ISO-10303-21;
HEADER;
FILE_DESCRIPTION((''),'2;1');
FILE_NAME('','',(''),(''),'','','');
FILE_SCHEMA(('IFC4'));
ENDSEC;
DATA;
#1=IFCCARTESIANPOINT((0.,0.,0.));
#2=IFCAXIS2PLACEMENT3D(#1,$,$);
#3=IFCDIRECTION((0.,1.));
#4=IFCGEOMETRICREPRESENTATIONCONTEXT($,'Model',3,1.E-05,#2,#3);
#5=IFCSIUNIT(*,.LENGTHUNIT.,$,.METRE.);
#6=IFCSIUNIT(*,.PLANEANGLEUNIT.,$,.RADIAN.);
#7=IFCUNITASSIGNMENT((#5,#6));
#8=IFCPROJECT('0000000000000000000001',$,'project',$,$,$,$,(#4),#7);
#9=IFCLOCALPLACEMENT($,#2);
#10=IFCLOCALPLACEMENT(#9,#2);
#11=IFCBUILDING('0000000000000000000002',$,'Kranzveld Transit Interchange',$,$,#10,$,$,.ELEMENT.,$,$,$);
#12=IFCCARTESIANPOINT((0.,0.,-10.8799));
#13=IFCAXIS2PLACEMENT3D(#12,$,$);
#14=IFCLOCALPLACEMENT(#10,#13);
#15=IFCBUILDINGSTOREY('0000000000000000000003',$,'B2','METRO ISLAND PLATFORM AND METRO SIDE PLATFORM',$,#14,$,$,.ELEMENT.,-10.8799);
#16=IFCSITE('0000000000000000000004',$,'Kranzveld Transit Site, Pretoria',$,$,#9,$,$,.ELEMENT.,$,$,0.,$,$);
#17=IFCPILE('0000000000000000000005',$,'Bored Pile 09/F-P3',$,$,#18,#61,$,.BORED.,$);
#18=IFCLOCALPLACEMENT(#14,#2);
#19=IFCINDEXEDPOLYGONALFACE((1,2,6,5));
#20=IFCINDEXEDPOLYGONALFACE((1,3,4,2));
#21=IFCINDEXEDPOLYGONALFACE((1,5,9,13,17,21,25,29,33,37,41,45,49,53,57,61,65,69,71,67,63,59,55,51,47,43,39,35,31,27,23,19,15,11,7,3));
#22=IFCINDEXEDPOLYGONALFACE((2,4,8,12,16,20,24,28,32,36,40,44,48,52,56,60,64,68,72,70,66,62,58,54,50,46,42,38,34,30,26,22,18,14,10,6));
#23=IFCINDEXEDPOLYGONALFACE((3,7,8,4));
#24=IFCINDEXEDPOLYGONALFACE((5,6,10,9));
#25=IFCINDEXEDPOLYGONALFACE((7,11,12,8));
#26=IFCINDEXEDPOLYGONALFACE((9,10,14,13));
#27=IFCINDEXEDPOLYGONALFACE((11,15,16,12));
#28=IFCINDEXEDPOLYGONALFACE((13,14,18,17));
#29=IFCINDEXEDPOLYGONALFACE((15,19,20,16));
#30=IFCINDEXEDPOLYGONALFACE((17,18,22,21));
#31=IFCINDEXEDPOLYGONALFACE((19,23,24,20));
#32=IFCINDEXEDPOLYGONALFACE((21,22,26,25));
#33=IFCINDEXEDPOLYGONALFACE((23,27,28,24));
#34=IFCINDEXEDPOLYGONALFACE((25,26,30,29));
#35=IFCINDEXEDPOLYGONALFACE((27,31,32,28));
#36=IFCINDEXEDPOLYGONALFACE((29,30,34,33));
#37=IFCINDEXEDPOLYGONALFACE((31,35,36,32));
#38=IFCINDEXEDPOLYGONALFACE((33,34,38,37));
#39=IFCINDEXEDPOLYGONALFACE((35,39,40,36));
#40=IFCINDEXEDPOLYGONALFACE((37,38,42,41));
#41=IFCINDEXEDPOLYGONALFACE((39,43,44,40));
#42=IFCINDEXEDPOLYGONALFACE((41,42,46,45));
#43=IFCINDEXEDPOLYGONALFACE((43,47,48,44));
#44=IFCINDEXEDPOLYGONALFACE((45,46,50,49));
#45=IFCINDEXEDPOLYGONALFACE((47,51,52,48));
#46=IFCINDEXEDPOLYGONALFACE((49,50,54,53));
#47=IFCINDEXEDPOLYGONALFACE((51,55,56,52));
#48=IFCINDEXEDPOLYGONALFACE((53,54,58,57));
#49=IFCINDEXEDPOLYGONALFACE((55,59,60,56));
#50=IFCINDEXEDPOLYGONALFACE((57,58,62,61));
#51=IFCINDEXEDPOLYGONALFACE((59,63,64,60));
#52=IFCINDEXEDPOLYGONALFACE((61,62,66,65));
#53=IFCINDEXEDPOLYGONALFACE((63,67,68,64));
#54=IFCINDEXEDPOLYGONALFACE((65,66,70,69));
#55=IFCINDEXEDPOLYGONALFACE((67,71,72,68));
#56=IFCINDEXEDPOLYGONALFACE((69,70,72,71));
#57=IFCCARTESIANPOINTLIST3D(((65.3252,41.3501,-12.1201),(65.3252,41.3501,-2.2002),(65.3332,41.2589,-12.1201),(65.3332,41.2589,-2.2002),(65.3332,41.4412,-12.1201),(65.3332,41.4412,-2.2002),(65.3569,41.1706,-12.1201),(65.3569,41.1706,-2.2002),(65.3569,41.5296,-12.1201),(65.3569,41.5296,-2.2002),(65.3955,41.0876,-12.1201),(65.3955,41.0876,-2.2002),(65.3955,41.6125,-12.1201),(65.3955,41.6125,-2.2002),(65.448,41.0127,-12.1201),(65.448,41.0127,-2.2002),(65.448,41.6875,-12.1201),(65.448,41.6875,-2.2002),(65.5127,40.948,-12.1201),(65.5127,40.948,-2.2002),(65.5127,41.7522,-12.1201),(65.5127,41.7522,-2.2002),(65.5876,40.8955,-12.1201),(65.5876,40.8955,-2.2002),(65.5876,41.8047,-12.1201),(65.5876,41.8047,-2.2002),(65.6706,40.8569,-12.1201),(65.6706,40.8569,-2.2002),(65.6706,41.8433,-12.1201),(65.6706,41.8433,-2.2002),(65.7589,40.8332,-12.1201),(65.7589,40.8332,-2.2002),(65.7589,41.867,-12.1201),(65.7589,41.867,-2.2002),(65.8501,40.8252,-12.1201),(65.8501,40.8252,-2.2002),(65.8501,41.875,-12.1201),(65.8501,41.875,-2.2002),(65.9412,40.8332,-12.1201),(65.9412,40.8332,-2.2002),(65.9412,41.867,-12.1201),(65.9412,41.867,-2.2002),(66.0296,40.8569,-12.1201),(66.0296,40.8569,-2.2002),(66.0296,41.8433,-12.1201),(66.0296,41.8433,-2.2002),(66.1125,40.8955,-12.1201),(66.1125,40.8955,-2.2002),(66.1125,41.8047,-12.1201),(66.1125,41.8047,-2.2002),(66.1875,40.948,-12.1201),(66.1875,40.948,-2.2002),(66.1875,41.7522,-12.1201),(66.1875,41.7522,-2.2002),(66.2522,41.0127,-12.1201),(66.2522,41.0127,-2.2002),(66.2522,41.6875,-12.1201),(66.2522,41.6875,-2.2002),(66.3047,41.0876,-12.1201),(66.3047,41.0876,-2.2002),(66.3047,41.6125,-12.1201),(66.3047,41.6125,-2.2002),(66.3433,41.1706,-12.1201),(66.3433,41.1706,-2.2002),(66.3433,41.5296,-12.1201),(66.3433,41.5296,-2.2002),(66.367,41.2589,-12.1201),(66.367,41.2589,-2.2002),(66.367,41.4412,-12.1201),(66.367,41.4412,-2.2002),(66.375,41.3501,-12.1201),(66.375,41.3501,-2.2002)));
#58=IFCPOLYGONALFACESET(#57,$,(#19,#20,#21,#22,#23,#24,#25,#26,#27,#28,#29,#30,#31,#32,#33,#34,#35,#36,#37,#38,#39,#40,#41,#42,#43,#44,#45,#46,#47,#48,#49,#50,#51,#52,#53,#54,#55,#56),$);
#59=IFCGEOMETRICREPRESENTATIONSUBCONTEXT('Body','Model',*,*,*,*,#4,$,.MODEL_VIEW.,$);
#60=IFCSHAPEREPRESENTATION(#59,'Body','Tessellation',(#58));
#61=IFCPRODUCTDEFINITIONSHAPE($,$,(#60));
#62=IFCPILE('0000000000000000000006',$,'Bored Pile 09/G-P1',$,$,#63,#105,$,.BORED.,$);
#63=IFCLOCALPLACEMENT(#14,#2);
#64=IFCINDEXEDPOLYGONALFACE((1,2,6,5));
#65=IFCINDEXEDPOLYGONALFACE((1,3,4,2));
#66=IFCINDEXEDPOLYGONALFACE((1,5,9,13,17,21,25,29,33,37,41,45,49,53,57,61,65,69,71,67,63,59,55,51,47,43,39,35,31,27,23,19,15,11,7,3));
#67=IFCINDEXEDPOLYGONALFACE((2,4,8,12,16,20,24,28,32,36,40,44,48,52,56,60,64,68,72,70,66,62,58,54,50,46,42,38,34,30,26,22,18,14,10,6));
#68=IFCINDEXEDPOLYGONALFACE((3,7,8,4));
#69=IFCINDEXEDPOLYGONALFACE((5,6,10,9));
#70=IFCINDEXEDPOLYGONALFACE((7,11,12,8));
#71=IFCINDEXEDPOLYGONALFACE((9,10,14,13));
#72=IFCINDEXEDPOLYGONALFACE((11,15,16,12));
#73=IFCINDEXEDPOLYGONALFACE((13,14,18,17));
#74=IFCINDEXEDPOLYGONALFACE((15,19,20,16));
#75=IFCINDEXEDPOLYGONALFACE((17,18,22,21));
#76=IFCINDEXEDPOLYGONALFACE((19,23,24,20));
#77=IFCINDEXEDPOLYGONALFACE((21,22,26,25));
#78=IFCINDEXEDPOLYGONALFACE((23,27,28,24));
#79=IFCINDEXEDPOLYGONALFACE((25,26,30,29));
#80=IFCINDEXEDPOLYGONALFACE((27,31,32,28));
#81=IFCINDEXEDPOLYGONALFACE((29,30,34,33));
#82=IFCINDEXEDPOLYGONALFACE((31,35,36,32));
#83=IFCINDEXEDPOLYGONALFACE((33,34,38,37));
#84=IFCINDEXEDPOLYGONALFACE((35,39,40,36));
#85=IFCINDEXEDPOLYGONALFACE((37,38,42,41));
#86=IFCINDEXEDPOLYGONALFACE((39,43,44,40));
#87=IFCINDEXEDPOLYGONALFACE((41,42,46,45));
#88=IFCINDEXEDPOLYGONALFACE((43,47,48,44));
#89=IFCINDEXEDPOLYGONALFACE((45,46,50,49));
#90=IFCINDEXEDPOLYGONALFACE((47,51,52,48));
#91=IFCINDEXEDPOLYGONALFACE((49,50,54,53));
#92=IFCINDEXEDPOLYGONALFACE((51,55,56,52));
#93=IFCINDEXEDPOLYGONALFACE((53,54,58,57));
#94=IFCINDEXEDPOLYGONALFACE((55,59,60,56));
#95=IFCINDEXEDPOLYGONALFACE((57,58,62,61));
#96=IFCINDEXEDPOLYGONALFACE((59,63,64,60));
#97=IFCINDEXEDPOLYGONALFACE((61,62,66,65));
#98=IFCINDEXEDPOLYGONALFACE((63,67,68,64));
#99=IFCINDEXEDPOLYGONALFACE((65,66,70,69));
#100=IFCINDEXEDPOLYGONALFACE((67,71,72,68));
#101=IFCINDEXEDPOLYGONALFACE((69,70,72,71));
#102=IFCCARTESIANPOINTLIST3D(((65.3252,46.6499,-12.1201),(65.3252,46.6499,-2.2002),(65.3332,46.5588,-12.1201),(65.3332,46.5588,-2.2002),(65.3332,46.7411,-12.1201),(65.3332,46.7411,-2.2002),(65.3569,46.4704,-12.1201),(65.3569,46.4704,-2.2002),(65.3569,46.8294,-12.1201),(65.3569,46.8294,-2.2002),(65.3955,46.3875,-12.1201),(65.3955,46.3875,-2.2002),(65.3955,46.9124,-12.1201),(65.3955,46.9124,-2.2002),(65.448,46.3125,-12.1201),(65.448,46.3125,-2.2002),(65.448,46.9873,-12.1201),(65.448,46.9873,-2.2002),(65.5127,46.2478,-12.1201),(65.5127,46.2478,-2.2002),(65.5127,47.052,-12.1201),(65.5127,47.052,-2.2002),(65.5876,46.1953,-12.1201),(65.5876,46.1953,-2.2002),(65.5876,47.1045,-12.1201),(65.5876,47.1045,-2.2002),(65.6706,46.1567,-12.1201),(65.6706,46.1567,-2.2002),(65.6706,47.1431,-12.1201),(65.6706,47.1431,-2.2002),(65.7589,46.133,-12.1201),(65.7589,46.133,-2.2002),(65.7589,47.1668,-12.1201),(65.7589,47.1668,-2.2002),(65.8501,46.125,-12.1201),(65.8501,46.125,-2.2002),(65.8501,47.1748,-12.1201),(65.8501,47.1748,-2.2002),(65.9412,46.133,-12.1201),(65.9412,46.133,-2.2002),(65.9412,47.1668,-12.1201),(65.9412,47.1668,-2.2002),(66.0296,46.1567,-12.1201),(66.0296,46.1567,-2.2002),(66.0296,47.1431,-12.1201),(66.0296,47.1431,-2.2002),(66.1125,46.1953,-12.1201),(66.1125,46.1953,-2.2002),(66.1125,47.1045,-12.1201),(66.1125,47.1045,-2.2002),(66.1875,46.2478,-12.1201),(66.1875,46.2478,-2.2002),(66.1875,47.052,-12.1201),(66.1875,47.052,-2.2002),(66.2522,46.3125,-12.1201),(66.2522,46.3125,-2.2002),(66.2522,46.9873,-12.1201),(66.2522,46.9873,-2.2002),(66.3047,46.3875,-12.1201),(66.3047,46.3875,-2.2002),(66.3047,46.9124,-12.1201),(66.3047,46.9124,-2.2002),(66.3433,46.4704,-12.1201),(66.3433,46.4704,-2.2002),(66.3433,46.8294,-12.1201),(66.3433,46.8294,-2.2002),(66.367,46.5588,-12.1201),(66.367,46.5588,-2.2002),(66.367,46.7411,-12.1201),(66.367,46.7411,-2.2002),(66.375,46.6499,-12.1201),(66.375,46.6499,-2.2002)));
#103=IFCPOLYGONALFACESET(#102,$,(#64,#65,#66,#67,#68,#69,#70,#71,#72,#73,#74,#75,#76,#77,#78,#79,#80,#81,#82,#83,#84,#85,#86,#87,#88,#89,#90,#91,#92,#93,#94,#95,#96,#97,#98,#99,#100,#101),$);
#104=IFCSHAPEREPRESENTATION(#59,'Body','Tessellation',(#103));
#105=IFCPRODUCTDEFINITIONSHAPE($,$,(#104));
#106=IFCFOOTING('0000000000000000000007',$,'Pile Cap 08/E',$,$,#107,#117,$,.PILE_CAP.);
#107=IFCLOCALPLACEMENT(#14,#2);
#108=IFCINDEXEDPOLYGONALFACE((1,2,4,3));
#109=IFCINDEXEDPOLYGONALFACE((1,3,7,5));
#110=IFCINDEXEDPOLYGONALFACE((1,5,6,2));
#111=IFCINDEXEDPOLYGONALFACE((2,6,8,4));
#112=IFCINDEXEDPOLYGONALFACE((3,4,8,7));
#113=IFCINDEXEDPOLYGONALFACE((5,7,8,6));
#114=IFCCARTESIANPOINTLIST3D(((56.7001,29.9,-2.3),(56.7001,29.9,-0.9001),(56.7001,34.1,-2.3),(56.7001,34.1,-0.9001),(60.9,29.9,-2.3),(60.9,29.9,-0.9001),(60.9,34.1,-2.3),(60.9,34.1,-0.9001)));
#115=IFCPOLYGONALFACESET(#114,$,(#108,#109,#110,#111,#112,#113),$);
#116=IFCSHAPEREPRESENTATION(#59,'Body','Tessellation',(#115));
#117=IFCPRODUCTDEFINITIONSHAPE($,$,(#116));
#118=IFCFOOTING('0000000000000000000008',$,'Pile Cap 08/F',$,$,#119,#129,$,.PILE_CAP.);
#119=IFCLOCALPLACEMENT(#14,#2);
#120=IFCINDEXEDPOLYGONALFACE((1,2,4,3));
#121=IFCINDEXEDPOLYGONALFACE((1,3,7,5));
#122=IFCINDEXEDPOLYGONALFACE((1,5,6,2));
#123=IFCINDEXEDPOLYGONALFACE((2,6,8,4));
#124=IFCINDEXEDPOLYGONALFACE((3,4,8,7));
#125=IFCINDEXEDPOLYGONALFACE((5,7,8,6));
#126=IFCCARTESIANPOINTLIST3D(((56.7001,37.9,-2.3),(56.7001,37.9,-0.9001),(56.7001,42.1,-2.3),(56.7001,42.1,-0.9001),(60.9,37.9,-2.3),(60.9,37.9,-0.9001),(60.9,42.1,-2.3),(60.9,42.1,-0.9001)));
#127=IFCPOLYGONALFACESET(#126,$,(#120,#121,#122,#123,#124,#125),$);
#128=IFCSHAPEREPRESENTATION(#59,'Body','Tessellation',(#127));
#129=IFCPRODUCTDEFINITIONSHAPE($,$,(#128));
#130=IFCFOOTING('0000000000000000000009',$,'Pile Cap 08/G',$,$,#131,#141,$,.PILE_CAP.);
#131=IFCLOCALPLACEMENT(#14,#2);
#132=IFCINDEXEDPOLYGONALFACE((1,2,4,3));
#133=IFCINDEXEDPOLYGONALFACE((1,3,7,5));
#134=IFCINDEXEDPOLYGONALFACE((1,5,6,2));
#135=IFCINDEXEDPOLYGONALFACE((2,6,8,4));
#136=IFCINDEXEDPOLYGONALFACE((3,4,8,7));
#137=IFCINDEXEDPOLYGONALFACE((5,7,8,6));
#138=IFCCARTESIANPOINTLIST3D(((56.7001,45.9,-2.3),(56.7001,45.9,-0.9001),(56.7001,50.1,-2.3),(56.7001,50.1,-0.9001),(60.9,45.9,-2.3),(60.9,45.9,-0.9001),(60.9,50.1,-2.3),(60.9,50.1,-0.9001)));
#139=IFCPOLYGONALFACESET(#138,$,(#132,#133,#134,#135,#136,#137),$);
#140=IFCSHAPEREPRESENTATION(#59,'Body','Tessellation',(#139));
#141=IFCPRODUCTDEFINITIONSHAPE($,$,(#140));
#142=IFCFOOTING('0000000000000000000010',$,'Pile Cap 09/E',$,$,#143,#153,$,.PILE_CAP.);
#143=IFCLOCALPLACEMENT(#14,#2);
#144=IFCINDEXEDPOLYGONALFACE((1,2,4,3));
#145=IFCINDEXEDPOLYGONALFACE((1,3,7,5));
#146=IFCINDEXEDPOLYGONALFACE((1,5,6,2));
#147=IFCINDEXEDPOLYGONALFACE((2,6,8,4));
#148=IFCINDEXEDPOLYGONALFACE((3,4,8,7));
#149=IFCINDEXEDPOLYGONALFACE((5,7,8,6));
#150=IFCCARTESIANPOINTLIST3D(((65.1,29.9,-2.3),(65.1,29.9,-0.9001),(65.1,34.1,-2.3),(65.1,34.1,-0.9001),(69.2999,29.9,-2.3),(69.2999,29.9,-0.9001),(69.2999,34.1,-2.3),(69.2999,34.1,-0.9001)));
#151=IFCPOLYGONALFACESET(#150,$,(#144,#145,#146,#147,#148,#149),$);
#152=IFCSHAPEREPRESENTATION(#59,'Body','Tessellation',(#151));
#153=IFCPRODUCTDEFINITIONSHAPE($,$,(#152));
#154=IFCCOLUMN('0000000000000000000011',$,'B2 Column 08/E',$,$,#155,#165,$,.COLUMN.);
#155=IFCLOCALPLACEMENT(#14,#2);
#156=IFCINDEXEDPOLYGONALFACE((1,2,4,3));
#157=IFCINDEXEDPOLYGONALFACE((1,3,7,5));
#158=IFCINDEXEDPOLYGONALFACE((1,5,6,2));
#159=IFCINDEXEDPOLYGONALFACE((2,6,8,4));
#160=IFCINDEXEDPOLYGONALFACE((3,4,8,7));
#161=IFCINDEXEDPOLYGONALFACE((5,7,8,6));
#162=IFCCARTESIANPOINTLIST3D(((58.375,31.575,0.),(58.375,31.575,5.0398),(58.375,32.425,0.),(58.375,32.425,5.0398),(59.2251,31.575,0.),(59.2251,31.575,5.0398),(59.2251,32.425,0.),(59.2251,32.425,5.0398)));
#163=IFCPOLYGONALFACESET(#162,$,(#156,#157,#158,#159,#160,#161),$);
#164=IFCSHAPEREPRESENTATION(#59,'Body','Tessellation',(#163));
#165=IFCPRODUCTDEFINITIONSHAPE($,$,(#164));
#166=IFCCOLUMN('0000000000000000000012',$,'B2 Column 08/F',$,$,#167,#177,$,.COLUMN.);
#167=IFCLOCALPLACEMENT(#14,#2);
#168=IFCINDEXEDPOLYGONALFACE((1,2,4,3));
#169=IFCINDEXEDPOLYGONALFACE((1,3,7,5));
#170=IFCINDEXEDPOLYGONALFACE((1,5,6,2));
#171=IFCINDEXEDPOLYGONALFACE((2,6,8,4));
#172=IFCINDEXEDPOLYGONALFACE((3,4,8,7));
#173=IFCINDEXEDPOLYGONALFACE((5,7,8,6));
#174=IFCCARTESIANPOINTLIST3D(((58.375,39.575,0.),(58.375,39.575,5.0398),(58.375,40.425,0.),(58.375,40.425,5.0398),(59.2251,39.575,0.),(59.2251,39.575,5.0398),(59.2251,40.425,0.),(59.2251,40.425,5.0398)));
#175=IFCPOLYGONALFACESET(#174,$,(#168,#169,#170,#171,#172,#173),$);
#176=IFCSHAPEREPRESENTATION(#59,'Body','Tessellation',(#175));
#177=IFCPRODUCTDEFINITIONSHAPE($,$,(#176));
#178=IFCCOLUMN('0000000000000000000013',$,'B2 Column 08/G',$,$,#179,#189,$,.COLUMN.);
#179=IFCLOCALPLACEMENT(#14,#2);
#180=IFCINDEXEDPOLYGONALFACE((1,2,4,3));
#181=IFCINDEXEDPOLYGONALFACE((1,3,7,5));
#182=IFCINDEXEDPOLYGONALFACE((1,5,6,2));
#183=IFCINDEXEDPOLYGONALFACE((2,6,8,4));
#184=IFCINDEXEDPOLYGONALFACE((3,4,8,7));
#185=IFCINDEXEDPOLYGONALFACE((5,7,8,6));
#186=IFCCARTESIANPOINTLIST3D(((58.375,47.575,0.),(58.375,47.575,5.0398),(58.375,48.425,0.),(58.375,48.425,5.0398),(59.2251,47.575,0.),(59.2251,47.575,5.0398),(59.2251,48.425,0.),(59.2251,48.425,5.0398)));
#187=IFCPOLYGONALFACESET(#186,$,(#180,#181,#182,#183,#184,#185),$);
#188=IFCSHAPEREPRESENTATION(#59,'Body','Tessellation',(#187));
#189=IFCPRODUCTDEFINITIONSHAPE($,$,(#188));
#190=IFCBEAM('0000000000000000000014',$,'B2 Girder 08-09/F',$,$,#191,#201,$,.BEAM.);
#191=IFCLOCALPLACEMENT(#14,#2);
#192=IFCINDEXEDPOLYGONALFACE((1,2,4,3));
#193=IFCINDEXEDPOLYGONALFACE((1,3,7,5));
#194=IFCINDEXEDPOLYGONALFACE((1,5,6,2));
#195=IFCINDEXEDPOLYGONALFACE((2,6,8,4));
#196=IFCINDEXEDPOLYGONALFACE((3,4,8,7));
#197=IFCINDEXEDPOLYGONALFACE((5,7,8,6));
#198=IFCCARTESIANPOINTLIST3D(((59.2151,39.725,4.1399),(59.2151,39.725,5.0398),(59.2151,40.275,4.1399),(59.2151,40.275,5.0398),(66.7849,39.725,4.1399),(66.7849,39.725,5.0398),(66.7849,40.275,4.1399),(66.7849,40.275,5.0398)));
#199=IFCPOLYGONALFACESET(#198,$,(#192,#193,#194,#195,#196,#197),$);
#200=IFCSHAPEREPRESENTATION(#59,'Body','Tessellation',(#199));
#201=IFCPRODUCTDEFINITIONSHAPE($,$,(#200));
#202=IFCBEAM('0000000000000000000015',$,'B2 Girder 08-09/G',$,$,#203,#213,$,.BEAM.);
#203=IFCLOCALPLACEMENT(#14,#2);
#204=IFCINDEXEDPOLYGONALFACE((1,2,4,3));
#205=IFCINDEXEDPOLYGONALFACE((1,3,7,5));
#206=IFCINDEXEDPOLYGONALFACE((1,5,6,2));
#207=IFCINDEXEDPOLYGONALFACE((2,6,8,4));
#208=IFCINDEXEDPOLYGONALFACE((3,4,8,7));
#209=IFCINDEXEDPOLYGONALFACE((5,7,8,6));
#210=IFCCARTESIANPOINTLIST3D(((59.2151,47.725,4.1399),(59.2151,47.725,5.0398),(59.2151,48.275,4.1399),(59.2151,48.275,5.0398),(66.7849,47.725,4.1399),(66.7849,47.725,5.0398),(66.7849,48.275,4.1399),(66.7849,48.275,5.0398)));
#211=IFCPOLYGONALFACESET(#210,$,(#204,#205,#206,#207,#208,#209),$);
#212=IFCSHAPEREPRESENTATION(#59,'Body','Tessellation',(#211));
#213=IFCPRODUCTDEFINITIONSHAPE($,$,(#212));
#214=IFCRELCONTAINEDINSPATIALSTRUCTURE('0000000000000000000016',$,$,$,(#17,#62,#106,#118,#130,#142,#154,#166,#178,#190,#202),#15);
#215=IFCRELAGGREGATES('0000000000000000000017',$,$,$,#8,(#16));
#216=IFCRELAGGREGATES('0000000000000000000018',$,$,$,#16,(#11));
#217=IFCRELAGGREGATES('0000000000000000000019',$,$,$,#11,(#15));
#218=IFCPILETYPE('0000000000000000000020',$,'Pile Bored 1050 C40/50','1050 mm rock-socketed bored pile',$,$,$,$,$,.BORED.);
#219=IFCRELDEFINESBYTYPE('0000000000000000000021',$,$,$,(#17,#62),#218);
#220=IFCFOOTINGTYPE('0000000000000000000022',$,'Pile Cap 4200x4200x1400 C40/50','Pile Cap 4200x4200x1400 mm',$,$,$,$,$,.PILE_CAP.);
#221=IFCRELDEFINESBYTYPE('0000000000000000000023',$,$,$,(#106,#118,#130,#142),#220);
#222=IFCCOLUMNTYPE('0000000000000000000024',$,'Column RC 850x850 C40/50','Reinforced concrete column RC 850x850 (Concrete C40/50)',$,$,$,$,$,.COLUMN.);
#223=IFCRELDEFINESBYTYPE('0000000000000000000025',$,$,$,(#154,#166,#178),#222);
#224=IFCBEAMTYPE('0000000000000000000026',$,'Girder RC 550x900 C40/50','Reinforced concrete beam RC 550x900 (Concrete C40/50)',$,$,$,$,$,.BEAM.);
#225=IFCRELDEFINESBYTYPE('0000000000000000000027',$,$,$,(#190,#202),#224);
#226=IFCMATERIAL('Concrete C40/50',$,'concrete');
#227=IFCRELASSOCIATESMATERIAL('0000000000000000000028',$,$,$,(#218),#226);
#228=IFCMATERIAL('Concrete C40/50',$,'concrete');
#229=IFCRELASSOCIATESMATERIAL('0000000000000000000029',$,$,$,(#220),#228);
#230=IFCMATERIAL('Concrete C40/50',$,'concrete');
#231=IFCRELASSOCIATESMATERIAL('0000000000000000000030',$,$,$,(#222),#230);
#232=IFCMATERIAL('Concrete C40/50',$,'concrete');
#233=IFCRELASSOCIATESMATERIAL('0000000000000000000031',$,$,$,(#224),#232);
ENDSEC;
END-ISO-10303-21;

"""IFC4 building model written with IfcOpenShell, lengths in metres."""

from ifc_helpers import new_model, si_unit, direction, frame, origin, origin_2d, place, context, subcontext, project, spatial, rectangle, circle, extrude, material, material_profile, profile_set, type_object, element, save


model = new_model("IFC4")

# Units and contexts
model_context = context("Model", 3, precision=1e-05, world=origin(), true_north=direction((0.0, 1.0)))
body_context = subcontext(model_context, "Body", "Model", "MODEL_VIEW")
ifc_project = project(units=[si_unit("LENGTHUNIT", "METRE"), si_unit("PLANEANGLEUNIT", "RADIAN")], contexts=[model_context])

# Site, building, storey
site_placement = place(None, origin())
site = spatial("IfcSite", under=ifc_project, at=site_placement, Name="Kranzveld Transit Site, Pretoria", CompositionType="ELEMENT", RefElevation=0.0)
building_placement = place(site_placement, origin())
building = spatial("IfcBuilding", under=site, at=building_placement, Name="Kranzveld Transit Interchange", CompositionType="ELEMENT")
storey_placement = place(building_placement, frame((0.0, 0.0, -10.8799)))
storey = spatial("IfcBuildingStorey", under=building, at=storey_placement, Name="B2", Description="METRO ISLAND PLATFORM AND METRO SIDE PLATFORM", CompositionType="ELEMENT", Elevation=-10.8799)

# Piles
ifc_material_1 = material(Name="Concrete C40/50", Category="concrete")
ifc_material_profile_1 = material_profile(ifc_material_1, circle(Radius=0.5249, at=origin_2d()), Name="BORED PILE 1050")
ifc_profile_set_1 = profile_set([ifc_material_profile_1], Name="Concrete C40/50")
pile_type = type_object("IfcPileType", Name="Pile Bored 1050 C40/50", Description="1050 mm rock-socketed bored pile", PredefinedType="BORED", material=ifc_profile_set_1)
for number, where, z_axis, x_axis, name in (
    (1, (65.8501, 41.3501, -2.2002), (0.0, 0.0, -1.0), (1.0, 0.0, 0.0), "Bored Pile 09/F-P3"),
    (2, (65.8501, 46.6499, -2.2002), (0.0, 0.0, -1.0), (1.0, 0.0, 0.0), "Bored Pile 09/G-P1"),
):
    element("IfcPile", number, at=place(storey_placement, frame(where, z_axis=z_axis, x_axis=x_axis)), inside=storey, type_object=pile_type, Name=name, PredefinedType="BORED", context=body_context, shape_type="SweptSolid", body=[
        extrude(circle(Radius=0.5249, at=origin_2d()), origin(), (0.0, 0.0, 1.0), 9.9199),
    ])

# Footings
ifc_material_2 = material(Name="Concrete C40/50", Category="concrete")
footing_type = type_object("IfcFootingType", Name="Pile Cap 4200x4200x1400 C40/50", Description="Pile Cap 4200x4200x1400 mm", PredefinedType="PILE_CAP", material=ifc_material_2)
for number, where, z_axis, x_axis, name in (
    (3, (58.8, 32.0, -2.3), (0.0, 0.0, 1.0), (1.0, 0.0, 0.0), "Pile Cap 08/E"),
    (4, (58.8, 40.0, -2.3), (0.0, 0.0, 1.0), (1.0, 0.0, 0.0), "Pile Cap 08/F"),
    (5, (58.8, 48.0, -2.3), (0.0, 0.0, 1.0), (1.0, 0.0, 0.0), "Pile Cap 08/G"),
    (6, (67.2, 32.0, -2.3), (0.0, 0.0, 1.0), (1.0, 0.0, 0.0), "Pile Cap 09/E"),
):
    element("IfcFooting", number, at=place(storey_placement, frame(where, z_axis=z_axis, x_axis=x_axis)), inside=storey, type_object=footing_type, Name=name, PredefinedType="PILE_CAP", context=body_context, shape_type="SweptSolid", body=[
        extrude(rectangle(XDim=4.2, YDim=4.2, at=origin_2d()), origin(), (0.0, 0.0, 1.0), 1.3999),
    ])

# Columns
ifc_material_3 = material(Name="Concrete C40/50", Category="concrete")
ifc_material_profile_2 = material_profile(ifc_material_3, rectangle(XDim=0.8501, YDim=0.8501, at=origin_2d()), Name="RC 850x850")
ifc_profile_set_2 = profile_set([ifc_material_profile_2], Name="Concrete C40/50")
column_type = type_object("IfcColumnType", Name="Column RC 850x850 C40/50", Description="Reinforced concrete column RC 850x850 (Concrete C40/50)", PredefinedType="COLUMN", material=ifc_profile_set_2)
for number, where, z_axis, x_axis, name in (
    (7, (58.8, 32.0, 0.0), (0.0, 0.0, 1.0), (1.0, 0.0, 0.0), "B2 Column 08/E"),
    (8, (58.8, 40.0, 0.0), (0.0, 0.0, 1.0), (1.0, 0.0, 0.0), "B2 Column 08/F"),
    (9, (58.8, 48.0, 0.0), (0.0, 0.0, 1.0), (1.0, 0.0, 0.0), "B2 Column 08/G"),
):
    element("IfcColumn", number, at=place(storey_placement, frame(where, z_axis=z_axis, x_axis=x_axis)), inside=storey, type_object=column_type, Name=name, PredefinedType="COLUMN", context=body_context, shape_type="SweptSolid", body=[
        extrude(rectangle(XDim=0.8501, YDim=0.8501, at=origin_2d()), origin(), (0.0, 0.0, 1.0), 5.0398),
    ])

# Beams
ifc_material_4 = material(Name="Concrete C40/50", Category="concrete")
ifc_material_profile_3 = material_profile(ifc_material_4, rectangle(XDim=0.55, YDim=0.8999, at=origin_2d()), Name="RC 550x900")
ifc_profile_set_3 = profile_set([ifc_material_profile_3], Name="Concrete C40/50")
beam_type_1 = type_object("IfcBeamType", Name="Girder RC 550x900 C40/50", Description="Reinforced concrete beam RC 550x900 (Concrete C40/50)", PredefinedType="BEAM", material=ifc_profile_set_3)
for number, where, z_axis, x_axis, name in (
    (10, (59.2151, 40.0, 4.5898), (1.0, 0.0, 0.0), (0.0, 1.0, 0.0), "B2 Girder 08-09/F"),
    (11, (59.2151, 48.0, 4.5898), (1.0, 0.0, 0.0), (0.0, 1.0, 0.0), "B2 Girder 08-09/G"),
):
    element("IfcBeam", number, at=place(storey_placement, frame(where, z_axis=z_axis, x_axis=x_axis)), inside=storey, type_object=beam_type_1, Name=name, PredefinedType="BEAM", context=body_context, shape_type="SweptSolid", body=[
        extrude(rectangle(XDim=0.55, YDim=0.8999, at=origin_2d()), origin(), (0.0, 0.0, 1.0), 7.5698),
    ])

save(model, "model.ifc")
